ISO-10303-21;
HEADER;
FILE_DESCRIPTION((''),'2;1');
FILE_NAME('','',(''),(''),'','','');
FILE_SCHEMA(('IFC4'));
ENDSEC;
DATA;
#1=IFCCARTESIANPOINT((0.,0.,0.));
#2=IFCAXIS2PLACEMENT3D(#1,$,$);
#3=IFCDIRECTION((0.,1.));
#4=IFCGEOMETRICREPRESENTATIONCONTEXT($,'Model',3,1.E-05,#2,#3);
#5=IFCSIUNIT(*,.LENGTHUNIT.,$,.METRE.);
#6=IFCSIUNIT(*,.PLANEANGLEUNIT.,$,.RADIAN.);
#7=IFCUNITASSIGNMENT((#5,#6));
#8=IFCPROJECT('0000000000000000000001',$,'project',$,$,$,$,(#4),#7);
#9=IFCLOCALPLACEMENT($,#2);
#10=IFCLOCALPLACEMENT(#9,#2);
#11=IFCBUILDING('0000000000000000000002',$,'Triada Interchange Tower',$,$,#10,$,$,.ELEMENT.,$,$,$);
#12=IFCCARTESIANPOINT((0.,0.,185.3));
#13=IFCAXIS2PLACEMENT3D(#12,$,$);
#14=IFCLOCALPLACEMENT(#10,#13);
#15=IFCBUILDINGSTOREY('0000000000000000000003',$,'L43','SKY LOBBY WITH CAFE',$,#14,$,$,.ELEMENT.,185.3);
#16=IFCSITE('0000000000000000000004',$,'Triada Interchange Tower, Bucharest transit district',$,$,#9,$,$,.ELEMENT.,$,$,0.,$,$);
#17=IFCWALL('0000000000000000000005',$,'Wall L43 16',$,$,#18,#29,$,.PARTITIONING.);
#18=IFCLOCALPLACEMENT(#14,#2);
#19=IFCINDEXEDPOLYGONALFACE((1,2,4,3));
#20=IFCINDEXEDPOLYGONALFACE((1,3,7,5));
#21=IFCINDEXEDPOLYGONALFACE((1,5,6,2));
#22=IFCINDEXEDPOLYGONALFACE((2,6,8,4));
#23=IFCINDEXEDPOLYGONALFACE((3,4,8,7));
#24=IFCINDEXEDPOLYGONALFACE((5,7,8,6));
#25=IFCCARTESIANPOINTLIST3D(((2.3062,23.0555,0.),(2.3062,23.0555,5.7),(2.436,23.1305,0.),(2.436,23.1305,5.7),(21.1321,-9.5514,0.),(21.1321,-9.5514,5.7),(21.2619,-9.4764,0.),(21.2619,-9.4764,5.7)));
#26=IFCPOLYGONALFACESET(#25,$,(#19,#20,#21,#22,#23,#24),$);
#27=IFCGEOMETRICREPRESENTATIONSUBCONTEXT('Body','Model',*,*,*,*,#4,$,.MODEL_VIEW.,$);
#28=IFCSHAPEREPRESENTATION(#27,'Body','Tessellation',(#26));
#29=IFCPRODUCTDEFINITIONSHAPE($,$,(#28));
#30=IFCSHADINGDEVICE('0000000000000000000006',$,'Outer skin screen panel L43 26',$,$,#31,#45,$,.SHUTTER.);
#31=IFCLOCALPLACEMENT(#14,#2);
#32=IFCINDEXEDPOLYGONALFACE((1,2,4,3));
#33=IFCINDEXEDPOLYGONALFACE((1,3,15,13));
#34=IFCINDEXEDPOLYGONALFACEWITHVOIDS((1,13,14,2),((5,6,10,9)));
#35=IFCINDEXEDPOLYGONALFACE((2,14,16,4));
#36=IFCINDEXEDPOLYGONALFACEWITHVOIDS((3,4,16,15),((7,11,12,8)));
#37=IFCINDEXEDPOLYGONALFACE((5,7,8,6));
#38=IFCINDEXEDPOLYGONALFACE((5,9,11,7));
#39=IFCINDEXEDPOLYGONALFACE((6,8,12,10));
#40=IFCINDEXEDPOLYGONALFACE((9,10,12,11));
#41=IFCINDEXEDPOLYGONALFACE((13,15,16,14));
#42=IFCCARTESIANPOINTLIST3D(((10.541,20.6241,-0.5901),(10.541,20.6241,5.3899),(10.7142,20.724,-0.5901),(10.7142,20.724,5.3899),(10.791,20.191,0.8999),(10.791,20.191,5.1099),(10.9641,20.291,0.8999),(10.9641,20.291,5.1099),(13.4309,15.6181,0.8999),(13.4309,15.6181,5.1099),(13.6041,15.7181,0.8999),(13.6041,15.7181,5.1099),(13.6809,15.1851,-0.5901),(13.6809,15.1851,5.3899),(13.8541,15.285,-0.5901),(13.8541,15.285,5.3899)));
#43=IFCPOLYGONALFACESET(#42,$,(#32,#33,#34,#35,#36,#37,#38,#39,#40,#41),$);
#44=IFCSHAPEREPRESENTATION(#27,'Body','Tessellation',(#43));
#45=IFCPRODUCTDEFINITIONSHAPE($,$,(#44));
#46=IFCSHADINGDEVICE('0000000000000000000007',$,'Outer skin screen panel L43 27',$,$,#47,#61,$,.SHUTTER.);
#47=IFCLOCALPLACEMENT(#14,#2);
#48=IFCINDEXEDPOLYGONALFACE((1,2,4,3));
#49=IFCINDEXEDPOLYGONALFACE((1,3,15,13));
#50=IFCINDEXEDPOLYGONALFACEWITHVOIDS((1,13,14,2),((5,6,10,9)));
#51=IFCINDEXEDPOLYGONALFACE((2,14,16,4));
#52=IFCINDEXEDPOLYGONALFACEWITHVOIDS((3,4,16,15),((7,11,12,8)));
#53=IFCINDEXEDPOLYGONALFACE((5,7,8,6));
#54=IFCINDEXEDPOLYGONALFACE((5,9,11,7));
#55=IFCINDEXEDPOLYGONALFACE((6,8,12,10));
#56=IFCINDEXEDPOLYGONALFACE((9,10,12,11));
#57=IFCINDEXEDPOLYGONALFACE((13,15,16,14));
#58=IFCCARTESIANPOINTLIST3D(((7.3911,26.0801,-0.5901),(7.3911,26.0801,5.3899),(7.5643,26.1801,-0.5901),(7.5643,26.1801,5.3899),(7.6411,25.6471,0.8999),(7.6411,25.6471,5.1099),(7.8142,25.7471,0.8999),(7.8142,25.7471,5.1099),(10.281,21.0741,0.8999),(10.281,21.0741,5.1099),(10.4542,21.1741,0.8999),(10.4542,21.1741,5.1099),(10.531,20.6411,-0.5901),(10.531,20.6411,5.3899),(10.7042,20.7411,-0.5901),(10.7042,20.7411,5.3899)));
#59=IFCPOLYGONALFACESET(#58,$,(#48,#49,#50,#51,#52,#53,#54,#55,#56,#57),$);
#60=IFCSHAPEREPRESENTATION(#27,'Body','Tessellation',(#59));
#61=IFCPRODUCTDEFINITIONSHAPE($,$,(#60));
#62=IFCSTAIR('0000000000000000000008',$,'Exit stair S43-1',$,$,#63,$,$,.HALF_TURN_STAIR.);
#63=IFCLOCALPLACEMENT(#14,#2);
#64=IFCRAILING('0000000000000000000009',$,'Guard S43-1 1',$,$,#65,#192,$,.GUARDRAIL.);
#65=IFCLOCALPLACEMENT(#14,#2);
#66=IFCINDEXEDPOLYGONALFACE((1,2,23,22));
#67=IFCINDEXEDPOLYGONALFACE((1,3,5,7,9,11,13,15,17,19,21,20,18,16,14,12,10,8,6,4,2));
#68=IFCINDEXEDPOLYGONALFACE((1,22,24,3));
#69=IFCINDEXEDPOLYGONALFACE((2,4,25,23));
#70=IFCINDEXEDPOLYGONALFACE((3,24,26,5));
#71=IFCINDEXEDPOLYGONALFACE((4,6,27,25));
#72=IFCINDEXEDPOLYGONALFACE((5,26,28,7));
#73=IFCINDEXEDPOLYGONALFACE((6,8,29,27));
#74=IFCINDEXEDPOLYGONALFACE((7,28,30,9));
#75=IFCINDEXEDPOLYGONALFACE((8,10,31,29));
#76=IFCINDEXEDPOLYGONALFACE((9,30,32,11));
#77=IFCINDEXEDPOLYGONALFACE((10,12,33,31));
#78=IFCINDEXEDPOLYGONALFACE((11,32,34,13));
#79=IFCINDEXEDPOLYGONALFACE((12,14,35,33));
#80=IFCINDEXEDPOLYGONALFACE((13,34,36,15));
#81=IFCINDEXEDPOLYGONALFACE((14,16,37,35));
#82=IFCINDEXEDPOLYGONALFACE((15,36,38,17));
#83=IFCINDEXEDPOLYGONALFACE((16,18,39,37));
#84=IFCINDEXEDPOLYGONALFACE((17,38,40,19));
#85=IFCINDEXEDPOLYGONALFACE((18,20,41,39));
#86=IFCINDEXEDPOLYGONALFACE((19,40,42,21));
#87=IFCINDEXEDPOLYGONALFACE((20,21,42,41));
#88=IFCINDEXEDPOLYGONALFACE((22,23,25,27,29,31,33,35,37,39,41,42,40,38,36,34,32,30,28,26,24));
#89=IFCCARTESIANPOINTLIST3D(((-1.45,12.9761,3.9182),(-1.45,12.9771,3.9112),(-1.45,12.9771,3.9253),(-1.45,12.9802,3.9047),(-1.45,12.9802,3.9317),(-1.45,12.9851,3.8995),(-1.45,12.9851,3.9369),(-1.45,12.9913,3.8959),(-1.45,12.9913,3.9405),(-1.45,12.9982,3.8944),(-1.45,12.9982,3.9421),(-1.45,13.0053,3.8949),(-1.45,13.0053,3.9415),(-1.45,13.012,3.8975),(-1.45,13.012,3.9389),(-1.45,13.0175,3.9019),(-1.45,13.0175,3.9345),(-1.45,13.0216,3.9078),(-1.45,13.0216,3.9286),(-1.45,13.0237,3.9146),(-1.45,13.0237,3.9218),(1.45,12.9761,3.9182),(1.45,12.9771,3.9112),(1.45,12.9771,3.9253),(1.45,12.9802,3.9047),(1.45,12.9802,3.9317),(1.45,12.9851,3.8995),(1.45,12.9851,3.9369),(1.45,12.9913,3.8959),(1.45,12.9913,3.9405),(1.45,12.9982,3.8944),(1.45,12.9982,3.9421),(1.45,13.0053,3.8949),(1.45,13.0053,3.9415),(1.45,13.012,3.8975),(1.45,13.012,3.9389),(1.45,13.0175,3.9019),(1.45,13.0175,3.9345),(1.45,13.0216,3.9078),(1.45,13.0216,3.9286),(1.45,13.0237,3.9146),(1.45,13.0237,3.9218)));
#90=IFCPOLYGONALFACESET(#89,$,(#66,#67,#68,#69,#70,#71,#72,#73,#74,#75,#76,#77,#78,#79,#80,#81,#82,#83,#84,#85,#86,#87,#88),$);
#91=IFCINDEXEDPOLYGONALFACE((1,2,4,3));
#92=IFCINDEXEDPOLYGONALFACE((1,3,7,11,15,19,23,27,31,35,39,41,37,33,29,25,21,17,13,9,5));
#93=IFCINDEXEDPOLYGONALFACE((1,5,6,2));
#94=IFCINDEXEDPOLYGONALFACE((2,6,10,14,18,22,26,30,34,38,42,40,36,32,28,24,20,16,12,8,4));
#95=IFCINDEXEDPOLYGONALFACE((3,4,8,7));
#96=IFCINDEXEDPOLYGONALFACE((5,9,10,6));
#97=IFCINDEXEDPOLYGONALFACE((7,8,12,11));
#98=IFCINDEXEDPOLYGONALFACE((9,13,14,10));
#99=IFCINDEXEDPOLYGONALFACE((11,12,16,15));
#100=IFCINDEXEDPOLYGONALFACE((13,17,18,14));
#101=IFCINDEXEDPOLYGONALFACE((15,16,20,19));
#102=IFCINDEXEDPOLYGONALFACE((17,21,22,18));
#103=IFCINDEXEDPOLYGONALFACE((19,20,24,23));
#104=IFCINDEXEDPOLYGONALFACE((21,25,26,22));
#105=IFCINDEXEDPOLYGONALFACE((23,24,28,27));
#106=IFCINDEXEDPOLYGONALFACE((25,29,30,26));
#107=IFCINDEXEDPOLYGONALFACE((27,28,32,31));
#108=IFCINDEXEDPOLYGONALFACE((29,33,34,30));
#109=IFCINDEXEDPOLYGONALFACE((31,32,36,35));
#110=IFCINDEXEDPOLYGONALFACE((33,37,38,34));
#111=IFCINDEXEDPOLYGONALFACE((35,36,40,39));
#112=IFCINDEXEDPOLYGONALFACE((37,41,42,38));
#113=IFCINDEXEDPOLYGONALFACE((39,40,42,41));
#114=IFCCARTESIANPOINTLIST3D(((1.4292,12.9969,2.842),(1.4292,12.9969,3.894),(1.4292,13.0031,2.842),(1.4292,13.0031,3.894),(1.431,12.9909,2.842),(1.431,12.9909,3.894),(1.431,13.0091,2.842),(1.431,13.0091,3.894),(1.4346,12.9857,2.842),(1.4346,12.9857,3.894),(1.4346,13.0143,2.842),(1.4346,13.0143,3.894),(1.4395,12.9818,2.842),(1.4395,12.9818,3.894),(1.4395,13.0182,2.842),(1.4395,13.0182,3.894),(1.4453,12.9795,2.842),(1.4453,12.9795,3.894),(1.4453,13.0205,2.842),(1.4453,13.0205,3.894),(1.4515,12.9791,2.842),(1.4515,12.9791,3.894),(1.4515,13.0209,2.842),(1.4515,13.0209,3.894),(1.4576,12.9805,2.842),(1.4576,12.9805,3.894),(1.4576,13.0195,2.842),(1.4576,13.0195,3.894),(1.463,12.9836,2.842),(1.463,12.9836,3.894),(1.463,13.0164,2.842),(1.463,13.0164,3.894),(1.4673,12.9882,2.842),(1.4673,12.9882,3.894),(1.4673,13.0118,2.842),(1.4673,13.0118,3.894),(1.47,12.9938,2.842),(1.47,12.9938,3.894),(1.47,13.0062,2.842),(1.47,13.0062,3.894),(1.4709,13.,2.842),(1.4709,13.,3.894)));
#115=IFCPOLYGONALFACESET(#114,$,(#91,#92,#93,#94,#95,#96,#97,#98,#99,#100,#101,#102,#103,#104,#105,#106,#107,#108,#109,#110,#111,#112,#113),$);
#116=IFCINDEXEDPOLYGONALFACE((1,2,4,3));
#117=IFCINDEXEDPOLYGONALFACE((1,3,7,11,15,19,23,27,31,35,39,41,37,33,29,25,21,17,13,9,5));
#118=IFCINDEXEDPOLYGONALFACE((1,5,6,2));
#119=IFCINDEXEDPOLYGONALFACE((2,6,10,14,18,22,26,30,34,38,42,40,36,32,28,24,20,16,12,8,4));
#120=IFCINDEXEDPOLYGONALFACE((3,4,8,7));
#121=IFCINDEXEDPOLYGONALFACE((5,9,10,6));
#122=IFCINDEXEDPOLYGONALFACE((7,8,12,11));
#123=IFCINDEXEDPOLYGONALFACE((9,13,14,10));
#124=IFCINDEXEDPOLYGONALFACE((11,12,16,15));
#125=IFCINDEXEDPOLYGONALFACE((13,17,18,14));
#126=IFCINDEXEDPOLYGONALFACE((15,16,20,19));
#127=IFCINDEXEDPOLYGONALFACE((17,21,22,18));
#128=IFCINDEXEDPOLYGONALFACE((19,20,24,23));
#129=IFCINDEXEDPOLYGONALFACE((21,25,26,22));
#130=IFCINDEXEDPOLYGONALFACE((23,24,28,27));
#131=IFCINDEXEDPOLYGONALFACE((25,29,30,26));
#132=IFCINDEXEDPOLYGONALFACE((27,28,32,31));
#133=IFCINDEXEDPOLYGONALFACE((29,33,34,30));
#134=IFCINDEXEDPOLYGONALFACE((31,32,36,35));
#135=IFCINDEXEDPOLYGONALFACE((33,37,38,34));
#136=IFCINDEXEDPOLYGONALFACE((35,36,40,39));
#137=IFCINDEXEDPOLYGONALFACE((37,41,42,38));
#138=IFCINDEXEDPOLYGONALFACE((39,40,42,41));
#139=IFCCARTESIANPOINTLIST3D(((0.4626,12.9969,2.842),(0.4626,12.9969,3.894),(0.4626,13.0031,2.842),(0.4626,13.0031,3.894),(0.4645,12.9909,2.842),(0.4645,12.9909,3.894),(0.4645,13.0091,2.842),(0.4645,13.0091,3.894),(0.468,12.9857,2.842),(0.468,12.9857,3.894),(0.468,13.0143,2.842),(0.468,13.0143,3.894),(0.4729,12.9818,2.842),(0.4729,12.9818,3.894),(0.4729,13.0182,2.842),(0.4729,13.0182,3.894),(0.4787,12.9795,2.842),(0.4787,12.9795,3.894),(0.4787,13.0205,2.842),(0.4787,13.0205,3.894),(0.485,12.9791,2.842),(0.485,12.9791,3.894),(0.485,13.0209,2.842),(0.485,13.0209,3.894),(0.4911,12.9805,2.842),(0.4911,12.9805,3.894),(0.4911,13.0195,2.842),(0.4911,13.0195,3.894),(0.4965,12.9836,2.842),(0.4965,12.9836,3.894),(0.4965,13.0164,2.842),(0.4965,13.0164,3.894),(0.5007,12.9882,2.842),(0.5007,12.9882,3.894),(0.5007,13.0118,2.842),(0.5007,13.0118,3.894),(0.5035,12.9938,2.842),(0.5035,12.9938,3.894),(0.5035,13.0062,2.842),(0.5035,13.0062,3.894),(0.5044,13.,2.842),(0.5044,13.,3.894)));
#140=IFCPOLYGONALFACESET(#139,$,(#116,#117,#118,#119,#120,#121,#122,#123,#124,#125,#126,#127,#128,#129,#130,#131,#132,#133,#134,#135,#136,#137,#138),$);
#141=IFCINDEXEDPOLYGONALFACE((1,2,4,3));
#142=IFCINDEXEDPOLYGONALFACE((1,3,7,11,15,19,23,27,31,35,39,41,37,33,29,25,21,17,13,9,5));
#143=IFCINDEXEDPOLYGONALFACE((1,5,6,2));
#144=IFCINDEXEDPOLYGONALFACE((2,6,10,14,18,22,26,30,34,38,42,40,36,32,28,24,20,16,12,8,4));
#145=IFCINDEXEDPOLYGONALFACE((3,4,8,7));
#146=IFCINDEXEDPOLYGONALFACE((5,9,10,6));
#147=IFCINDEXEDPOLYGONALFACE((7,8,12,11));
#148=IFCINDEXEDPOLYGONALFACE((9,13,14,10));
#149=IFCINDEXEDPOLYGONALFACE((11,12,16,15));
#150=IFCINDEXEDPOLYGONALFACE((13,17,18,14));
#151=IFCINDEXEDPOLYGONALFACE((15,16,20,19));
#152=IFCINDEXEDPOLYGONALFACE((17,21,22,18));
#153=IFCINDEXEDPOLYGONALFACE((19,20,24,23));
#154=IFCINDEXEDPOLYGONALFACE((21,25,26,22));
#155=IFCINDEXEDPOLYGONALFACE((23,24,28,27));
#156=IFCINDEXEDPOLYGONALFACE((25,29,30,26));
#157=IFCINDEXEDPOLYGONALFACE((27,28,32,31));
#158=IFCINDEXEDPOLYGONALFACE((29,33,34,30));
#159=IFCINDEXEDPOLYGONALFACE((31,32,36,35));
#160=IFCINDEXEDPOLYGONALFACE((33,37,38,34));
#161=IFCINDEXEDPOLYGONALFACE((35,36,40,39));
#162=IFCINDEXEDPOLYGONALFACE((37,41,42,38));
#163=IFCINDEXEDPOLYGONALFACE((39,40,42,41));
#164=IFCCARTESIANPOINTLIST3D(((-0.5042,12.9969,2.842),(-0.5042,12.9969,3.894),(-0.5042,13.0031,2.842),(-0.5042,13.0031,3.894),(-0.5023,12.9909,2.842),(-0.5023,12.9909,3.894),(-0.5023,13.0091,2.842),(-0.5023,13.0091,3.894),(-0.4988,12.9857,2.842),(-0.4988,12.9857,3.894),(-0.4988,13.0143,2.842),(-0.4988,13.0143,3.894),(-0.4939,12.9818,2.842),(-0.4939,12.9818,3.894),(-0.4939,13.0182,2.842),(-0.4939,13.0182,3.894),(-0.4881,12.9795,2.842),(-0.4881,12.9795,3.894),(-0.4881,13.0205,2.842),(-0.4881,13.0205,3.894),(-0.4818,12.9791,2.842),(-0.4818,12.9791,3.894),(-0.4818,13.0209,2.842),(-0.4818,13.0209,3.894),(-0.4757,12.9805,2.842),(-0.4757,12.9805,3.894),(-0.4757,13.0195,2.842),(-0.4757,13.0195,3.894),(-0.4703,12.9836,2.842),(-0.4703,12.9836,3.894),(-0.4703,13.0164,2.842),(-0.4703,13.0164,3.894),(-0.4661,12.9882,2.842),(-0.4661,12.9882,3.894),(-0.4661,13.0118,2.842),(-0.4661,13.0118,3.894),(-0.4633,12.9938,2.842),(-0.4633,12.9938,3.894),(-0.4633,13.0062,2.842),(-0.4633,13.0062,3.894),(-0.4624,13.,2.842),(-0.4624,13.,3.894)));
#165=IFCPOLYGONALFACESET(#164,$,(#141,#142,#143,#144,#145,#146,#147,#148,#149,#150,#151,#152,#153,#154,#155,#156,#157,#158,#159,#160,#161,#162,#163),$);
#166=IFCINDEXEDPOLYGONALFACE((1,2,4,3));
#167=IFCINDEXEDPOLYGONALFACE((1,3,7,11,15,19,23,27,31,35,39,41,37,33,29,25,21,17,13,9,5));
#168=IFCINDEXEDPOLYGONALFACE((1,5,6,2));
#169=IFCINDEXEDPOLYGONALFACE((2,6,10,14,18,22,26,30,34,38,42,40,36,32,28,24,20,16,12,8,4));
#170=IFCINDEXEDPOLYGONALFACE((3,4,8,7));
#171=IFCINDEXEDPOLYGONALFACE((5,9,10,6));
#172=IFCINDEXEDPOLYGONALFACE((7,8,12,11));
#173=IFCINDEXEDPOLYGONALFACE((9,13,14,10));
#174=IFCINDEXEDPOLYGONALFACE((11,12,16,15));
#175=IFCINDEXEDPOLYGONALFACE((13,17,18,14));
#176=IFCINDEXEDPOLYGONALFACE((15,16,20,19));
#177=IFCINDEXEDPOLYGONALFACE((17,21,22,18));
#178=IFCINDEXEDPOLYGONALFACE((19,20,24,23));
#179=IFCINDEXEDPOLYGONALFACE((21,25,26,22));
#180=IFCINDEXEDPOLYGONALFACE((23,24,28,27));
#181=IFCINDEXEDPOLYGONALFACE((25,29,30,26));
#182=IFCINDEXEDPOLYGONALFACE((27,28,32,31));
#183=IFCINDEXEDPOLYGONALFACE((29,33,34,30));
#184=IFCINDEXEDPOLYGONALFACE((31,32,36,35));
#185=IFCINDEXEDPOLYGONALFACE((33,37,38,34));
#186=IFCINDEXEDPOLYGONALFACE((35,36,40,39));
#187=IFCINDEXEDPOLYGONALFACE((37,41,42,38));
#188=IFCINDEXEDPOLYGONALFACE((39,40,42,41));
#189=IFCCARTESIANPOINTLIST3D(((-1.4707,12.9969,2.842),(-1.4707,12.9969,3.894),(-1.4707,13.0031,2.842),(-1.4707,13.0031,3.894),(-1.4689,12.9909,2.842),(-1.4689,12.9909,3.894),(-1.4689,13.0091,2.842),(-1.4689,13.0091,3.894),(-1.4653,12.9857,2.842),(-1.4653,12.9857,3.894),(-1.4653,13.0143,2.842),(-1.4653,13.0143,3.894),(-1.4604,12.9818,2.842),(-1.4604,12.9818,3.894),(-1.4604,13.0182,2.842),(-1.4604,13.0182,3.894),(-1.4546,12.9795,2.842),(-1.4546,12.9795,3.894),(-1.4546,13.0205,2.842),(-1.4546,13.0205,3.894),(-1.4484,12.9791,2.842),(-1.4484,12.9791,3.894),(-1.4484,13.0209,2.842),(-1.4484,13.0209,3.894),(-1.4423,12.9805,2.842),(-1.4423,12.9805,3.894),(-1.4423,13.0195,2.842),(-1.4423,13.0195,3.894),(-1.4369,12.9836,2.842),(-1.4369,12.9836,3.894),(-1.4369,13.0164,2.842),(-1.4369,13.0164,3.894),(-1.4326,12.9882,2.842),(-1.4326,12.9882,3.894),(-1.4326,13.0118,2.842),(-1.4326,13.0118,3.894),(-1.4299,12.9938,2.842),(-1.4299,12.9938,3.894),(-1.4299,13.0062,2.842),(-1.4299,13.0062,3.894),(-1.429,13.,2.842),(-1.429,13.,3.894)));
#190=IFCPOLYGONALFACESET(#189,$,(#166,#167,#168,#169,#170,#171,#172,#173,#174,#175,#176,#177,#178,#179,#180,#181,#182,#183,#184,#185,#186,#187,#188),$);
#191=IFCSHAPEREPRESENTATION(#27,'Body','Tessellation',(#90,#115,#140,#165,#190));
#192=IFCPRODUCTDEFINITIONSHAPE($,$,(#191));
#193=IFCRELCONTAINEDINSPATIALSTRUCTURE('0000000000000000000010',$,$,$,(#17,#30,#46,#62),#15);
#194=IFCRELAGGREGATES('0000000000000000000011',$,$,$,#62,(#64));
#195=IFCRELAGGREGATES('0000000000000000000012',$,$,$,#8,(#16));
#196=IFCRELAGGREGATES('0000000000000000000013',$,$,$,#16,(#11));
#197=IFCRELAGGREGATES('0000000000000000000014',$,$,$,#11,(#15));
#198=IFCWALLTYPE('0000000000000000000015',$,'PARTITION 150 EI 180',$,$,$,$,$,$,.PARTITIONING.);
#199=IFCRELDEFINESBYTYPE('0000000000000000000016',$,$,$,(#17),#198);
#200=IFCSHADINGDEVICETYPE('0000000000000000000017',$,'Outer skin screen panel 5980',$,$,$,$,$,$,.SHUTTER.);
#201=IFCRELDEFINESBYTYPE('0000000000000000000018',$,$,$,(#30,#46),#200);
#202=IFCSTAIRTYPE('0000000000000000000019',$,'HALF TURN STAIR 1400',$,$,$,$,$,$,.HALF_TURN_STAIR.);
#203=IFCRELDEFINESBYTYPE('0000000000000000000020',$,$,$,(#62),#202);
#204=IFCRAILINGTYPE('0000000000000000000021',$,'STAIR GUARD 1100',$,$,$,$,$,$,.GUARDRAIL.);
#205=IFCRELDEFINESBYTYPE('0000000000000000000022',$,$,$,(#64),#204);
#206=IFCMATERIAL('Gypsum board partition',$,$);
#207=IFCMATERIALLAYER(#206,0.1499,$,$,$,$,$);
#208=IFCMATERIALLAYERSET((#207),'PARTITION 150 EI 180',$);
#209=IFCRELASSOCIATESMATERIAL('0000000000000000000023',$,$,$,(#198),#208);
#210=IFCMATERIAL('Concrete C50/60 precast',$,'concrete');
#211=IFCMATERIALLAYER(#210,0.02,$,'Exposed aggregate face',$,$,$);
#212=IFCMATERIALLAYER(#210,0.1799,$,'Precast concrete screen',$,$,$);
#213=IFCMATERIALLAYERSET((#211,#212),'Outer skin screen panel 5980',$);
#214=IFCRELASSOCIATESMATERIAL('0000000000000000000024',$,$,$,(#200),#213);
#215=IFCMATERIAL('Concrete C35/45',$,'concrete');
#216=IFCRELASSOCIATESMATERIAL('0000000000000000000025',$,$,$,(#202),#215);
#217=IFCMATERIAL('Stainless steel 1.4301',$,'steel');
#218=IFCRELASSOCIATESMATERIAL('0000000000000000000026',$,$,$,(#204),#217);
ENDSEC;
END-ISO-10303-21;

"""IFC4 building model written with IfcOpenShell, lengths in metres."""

from ifc_helpers import new_model, si_unit, direction, frame, frame_2d, origin, origin_2d, place, context, subcontext, project, spatial, polyline, rectangle, circle, outline, extrude, material, layer, layer_set, type_object, element, aggregate, save


model = new_model("IFC4")

# Units and contexts
model_context = context("Model", 3, precision=1e-05, world=origin(), true_north=direction((0.0, 1.0)))
body_context = subcontext(model_context, "Body", "Model", "MODEL_VIEW")
ifc_project = project(units=[si_unit("LENGTHUNIT", "METRE"), si_unit("PLANEANGLEUNIT", "RADIAN")], contexts=[model_context])

# Site, building, storey
site_placement = place(None, origin())
site = spatial("IfcSite", under=ifc_project, at=site_placement, Name="Triada Interchange Tower, Bucharest transit district", CompositionType="ELEMENT", RefElevation=0.0)
building_placement = place(site_placement, origin())
building = spatial("IfcBuilding", under=site, at=building_placement, Name="Triada Interchange Tower", CompositionType="ELEMENT")
storey_placement = place(building_placement, frame((0.0, 0.0, 185.3)))
storey = spatial("IfcBuildingStorey", under=building, at=storey_placement, Name="L43", Description="SKY LOBBY WITH CAFE", CompositionType="ELEMENT", Elevation=185.3)

# Shared definitions
ifc_material_1 = material(Name="Concrete C35/45", Category="concrete")

# Shared definitions
ifc_material_2 = material(Name="Gypsum board partition")
ifc_layer_1 = layer(ifc_material_2, 0.1499)
ifc_layer_set_1 = layer_set([ifc_layer_1], Name="PARTITION 150 EI 180")
wall_type_1 = type_object("IfcWallType", Name="PARTITION 150 EI 180", PredefinedType="PARTITIONING", material=ifc_layer_set_1)

# Wall
wall_1_placement = place(storey_placement, frame((2.3711, 23.093, 0.0), z_axis=(0.0, 0.0, 1.0), x_axis=(0.500006, -0.866022, 0.0)))
element("IfcWall", 1, at=wall_1_placement, inside=storey, type_object=wall_type_1, Name="Wall L43 16", PredefinedType="PARTITIONING", context=body_context, shape_type="SweptSolid", body=[
    extrude(rectangle(XDim=37.6514, YDim=0.1499, at=frame_2d((18.8257, 0.0))), origin(), (0.0, 0.0, 1.0), 5.7),
])

# Shading devices
ifc_material_3 = material(Name="Concrete C50/60 precast", Category="concrete")
ifc_layer_2 = layer(ifc_material_3, 0.02, Name="Exposed aggregate face")
ifc_layer_3 = layer(ifc_material_3, 0.1799, Name="Precast concrete screen")
ifc_layer_set_2 = layer_set([ifc_layer_2, ifc_layer_3], Name="Outer skin screen panel 5980")
shading_device_type = type_object("IfcShadingDeviceType", Name="Outer skin screen panel 5980", PredefinedType="SHUTTER", material=ifc_layer_set_2)
for number, where, z_axis, x_axis, name in (
    (2, (13.6809, 15.1851, -0.5901), (0.0, 0.0, 1.0), (-0.499965, 0.866046, 0.0), "Outer skin screen panel L43 26"),
    (3, (10.531, 20.6411, -0.5901), (0.0, 0.0, 1.0), (-0.499965, 0.866046, 0.0), "Outer skin screen panel L43 27"),
):
    element("IfcShadingDevice", number, at=place(storey_placement, frame(where, z_axis=z_axis, x_axis=x_axis)), inside=storey, type_object=shading_device_type, Name=name, PredefinedType="SHUTTER", context=body_context, shape_type="SweptSolid", body=[
        extrude(outline(polyline([(0.0, 0.0), (6.2803, 0.0), (6.2803, 5.98), (0.0, 5.98), (0.0, 0.0)]), holes=[polyline([(0.5, 1.49), (0.5, 5.7), (5.7803, 5.7), (5.7803, 1.49), (0.5, 1.49)])]), frame((0.0, 0.0, 0.0), z_axis=(0.0, -1.0, 0.0), x_axis=(1.0, 0.0, 0.0)), (0.0, 0.0, 1.0), 0.2),
    ])

# Stair, railing
stair_type = type_object("IfcStairType", Name="HALF TURN STAIR 1400", PredefinedType="HALF_TURN_STAIR", material=ifc_material_1)
stair_placement = place(storey_placement, origin())
stair = element("IfcStair", 4, at=stair_placement, inside=storey, type_object=stair_type, Name="Exit stair S43-1", PredefinedType="HALF_TURN_STAIR")
ifc_material_4 = material(Name="Stainless steel 1.4301", Category="steel")
railing_type_1 = type_object("IfcRailingType", Name="STAIR GUARD 1100", PredefinedType="GUARDRAIL", material=ifc_material_4)
railing_1_placement = place(storey_placement, frame((1.45, 13.0, 2.842)))
railing_1 = element("IfcRailing", 5, at=railing_1_placement, type_object=railing_type_1, Name="Guard S43-1 1", PredefinedType="GUARDRAIL", context=body_context, shape_type="SweptSolid", body=[
    extrude(circle(Radius=0.0239, at=origin_2d()), frame((0.0, 0.0, 1.0762), z_axis=(-1.0, 0.0, 0.0), x_axis=(0.0, -1.0, 0.0)), (0.0, 0.0, 1.0), 2.8999),
    extrude(circle(Radius=0.021, at=origin_2d()), origin(), (0.0, 0.0, 1.0), 1.052),
    extrude(circle(Radius=0.021, at=origin_2d()), frame((-0.9666, 0.0, 0.0)), (0.0, 0.0, 1.0), 1.052),
    extrude(circle(Radius=0.021, at=origin_2d()), frame((-1.9333, 0.0, 0.0)), (0.0, 0.0, 1.0), 1.052),
    extrude(circle(Radius=0.021, at=origin_2d()), frame((-2.8999, 0.0, 0.0)), (0.0, 0.0, 1.0), 1.052),
])
aggregate(stair, [railing_1])

save(model, "model.ifc")
